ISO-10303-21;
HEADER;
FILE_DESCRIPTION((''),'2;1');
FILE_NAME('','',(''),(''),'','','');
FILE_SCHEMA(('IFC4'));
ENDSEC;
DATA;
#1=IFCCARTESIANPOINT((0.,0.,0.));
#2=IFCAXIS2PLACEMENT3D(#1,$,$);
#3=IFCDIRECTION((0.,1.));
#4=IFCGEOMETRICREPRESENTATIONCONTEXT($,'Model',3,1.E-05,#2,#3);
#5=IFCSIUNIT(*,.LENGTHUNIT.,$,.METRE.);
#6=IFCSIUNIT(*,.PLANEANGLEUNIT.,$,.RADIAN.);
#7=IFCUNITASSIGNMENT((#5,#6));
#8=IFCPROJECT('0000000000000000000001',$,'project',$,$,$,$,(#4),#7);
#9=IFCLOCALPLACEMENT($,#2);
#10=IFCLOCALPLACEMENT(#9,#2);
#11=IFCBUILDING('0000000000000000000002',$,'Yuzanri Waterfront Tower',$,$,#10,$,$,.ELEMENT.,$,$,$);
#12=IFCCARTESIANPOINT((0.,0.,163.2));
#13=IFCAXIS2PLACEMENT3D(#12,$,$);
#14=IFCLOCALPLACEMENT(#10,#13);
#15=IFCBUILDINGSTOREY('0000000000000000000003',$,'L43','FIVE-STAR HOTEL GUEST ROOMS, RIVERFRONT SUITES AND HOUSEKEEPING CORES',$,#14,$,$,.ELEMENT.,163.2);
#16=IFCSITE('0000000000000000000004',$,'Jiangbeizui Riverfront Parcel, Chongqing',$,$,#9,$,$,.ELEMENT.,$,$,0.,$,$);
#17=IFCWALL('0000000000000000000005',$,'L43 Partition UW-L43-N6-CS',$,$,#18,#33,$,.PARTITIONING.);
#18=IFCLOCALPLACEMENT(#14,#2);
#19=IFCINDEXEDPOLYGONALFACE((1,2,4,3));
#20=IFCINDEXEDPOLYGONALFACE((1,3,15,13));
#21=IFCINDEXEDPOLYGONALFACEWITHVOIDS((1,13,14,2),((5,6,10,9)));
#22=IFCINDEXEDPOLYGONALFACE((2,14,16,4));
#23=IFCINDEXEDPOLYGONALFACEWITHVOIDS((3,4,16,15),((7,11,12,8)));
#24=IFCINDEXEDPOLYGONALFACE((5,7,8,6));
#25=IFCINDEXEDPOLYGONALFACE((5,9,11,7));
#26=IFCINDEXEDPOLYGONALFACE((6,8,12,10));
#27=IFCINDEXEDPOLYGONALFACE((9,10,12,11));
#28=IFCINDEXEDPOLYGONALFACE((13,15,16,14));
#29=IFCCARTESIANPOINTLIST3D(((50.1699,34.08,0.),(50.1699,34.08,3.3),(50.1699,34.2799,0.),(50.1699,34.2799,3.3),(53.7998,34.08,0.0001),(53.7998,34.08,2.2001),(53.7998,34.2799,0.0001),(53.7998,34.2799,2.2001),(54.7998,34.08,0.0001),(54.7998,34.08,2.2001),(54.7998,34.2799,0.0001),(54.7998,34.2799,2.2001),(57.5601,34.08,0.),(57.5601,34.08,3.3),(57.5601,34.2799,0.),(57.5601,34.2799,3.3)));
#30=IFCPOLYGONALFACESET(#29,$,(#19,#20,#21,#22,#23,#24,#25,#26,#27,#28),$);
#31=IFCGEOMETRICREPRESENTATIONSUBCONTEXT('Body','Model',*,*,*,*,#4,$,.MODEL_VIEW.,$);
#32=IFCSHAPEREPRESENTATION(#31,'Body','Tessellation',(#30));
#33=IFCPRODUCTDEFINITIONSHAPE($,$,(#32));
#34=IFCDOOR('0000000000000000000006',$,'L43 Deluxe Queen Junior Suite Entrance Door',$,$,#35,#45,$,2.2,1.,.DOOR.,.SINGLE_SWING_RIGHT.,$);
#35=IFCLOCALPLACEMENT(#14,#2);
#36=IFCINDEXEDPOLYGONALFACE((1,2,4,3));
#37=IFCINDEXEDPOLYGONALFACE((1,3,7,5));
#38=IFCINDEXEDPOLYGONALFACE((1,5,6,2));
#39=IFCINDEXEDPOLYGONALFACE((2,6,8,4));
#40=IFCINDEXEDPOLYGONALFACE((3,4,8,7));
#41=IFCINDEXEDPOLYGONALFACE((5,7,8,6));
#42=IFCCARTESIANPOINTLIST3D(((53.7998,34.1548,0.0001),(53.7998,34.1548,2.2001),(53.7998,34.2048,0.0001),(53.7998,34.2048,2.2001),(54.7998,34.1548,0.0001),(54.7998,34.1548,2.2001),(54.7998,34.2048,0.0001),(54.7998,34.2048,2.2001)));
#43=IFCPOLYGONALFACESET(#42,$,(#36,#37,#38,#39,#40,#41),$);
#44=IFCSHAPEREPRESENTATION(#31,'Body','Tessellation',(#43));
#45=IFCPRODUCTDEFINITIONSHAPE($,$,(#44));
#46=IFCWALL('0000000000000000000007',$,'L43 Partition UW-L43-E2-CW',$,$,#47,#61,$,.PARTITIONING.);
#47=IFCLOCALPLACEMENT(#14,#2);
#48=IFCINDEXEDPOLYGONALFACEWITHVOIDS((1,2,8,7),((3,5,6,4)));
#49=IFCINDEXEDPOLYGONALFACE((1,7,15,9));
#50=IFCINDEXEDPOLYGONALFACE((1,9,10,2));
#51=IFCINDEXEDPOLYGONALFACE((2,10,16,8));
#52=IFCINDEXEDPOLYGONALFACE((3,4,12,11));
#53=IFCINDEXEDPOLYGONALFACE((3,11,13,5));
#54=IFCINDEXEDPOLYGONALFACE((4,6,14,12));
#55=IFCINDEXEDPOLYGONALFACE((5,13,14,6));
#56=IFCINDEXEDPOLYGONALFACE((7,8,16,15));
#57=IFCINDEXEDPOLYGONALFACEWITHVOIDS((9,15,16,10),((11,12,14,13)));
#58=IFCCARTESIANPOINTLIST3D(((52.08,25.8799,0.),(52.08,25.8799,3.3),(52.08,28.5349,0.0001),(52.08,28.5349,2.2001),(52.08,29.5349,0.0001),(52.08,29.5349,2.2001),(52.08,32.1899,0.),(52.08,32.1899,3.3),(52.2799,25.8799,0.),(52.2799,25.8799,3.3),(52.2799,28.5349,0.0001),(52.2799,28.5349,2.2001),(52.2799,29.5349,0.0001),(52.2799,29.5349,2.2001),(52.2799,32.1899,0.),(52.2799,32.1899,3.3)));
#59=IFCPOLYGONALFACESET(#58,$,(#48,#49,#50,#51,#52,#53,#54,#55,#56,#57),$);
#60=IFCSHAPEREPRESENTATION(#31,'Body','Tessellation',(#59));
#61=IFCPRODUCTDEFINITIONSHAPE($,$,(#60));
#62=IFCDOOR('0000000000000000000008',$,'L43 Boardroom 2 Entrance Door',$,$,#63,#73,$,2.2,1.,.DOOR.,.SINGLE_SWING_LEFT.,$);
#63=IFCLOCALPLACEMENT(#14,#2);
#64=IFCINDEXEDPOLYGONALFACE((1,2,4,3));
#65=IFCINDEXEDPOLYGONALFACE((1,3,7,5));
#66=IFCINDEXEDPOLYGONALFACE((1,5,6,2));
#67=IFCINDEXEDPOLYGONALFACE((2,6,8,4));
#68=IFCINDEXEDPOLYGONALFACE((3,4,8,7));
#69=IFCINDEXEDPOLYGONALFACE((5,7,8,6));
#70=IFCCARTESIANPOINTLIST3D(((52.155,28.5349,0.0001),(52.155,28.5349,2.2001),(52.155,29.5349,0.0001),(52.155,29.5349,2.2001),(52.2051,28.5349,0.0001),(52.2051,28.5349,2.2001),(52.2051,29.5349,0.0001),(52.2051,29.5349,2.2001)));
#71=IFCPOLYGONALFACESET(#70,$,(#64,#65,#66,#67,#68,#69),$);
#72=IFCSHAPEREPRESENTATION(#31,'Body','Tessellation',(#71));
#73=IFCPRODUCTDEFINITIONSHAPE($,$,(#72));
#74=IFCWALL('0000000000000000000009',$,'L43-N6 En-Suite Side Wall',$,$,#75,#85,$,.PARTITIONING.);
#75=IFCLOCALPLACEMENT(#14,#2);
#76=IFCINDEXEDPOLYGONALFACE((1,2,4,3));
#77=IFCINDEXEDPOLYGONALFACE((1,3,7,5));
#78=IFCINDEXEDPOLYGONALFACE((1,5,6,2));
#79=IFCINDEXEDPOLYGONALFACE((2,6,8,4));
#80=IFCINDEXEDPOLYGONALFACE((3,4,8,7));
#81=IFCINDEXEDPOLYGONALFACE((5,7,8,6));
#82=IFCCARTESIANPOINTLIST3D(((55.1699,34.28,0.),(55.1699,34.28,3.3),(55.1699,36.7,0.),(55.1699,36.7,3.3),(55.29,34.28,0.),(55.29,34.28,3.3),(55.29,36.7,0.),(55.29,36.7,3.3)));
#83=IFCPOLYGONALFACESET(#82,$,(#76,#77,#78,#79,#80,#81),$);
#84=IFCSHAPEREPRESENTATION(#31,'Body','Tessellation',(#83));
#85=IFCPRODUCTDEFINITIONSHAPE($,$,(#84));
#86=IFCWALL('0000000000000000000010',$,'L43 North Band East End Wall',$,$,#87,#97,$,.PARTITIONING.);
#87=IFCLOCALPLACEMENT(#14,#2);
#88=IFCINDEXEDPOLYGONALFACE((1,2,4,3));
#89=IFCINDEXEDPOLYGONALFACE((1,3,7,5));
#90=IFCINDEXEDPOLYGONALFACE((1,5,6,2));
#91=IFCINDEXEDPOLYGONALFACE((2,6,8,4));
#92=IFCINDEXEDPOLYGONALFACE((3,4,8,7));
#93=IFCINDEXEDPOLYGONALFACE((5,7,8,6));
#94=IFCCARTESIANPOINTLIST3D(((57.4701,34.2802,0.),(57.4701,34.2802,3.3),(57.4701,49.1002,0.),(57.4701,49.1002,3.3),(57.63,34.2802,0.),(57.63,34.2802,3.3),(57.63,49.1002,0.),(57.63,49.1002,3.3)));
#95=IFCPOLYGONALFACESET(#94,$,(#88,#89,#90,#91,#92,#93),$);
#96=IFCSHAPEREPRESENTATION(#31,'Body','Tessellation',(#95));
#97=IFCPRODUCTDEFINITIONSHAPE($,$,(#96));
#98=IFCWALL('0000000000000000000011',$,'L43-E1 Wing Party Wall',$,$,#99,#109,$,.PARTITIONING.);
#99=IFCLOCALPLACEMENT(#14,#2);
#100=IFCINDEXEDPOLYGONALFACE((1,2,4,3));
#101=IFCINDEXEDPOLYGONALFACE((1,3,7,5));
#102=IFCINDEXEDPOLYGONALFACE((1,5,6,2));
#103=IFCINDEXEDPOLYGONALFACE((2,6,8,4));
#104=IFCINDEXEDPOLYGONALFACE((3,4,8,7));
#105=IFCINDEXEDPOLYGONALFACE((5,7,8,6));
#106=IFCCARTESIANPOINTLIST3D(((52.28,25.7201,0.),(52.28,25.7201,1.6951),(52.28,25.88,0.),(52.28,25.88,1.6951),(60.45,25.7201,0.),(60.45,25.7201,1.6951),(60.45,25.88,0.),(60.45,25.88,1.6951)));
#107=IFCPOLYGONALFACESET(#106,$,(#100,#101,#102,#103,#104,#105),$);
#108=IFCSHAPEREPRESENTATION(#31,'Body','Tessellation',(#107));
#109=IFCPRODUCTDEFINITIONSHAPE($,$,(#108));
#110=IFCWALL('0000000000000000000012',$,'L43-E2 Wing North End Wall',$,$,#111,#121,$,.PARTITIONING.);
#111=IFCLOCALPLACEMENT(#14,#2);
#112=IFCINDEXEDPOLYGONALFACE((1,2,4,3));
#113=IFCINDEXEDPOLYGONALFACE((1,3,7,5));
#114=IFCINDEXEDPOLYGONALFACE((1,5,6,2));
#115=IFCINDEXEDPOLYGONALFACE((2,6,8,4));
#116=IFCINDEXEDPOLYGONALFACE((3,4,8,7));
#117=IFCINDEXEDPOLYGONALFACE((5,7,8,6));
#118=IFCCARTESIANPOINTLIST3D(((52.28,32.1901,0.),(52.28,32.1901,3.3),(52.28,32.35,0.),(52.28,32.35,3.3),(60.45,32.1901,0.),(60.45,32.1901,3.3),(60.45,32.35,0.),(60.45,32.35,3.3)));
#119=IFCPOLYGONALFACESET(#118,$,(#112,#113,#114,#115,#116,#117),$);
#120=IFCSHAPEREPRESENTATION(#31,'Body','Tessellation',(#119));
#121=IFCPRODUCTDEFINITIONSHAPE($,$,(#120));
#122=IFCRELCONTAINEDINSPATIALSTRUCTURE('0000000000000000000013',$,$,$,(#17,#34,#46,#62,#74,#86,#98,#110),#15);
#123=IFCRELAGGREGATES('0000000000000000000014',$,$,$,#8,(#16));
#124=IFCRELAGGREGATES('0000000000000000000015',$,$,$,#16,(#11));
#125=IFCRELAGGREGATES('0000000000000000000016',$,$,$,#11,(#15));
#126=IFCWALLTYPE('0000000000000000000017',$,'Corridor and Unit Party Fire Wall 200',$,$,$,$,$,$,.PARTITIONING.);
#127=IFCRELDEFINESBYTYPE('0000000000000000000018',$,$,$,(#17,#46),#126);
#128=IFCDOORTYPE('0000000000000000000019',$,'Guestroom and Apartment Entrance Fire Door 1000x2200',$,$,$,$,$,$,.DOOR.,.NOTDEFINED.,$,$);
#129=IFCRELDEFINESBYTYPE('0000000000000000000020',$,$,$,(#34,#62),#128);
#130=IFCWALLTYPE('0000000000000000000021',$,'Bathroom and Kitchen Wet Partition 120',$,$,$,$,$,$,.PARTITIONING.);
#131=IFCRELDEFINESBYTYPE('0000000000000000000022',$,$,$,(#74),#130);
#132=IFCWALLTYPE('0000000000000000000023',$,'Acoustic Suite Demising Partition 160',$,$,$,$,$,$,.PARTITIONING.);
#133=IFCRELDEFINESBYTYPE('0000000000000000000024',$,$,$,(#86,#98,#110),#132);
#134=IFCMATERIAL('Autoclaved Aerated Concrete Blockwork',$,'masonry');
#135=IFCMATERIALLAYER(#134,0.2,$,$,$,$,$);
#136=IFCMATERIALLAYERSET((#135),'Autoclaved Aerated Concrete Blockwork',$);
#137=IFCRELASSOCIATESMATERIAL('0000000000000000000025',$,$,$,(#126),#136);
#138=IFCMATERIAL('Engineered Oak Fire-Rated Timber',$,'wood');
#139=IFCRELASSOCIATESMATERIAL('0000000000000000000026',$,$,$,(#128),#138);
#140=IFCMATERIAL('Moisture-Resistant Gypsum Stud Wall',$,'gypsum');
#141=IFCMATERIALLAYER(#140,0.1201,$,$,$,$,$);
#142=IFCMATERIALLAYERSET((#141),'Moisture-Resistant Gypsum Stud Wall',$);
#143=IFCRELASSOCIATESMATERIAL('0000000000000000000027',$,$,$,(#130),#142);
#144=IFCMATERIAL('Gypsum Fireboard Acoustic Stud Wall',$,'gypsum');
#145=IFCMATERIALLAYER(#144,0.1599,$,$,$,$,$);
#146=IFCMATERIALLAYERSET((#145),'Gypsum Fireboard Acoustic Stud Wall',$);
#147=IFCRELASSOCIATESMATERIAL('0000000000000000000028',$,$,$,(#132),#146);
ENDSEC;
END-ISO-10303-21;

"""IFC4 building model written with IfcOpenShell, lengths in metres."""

from ifc_helpers import new_model, si_unit, direction, frame, frame_2d, origin, place, context, subcontext, project, spatial, rectangle, extrude, source, transform, mapped, material, layer, layer_set, type_object, element, fill, save


model = new_model("IFC4")

# Units and contexts
model_context = context("Model", 3, precision=1e-05, world=origin(), true_north=direction((0.0, 1.0)))
body_context = subcontext(model_context, "Body", "Model", "MODEL_VIEW")
ifc_project = project(units=[si_unit("LENGTHUNIT", "METRE"), si_unit("PLANEANGLEUNIT", "RADIAN")], contexts=[model_context])

# Site, building, storey
site_placement = place(None, origin())
site = spatial("IfcSite", under=ifc_project, at=site_placement, Name="Jiangbeizui Riverfront Parcel, Chongqing", CompositionType="ELEMENT", RefElevation=0.0)
building_placement = place(site_placement, origin())
building = spatial("IfcBuilding", under=site, at=building_placement, Name="Yuzanri Waterfront Tower", CompositionType="ELEMENT")
storey_placement = place(building_placement, frame((0.0, 0.0, 163.2)))
storey = spatial("IfcBuildingStorey", under=building, at=storey_placement, Name="L43", Description="FIVE-STAR HOTEL GUEST ROOMS, RIVERFRONT SUITES AND HOUSEKEEPING CORES", CompositionType="ELEMENT", Elevation=163.2)

# Walls, openings, doors
ifc_material_1 = material(Name="Autoclaved Aerated Concrete Blockwork", Category="masonry")
ifc_layer_1 = layer(ifc_material_1, 0.2)
ifc_layer_set_1 = layer_set([ifc_layer_1], Name="Autoclaved Aerated Concrete Blockwork")
wall_type_1 = type_object("IfcWallType", Name="Corridor and Unit Party Fire Wall 200", PredefinedType="PARTITIONING", material=ifc_layer_set_1)
wall_1_placement = place(storey_placement, frame((50.1699, 34.1799, 0.0), z_axis=(0.0, 0.0, 1.0), x_axis=(1.0, 0.0, 0.0)))
wall_1 = element("IfcWall", 1, at=wall_1_placement, inside=storey, type_object=wall_type_1, Name="L43 Partition UW-L43-N6-CS", PredefinedType="PARTITIONING", context=body_context, shape_type="SweptSolid", body=[
    extrude(rectangle(XDim=7.3901, YDim=0.2, at=frame_2d((3.6951, 0.0))), origin(), (0.0, 0.0, 1.0), 3.3),
])
opening_1_placement = place(wall_1_placement, frame((3.6299, 0.0, 0.0)))
opening_1 = element("IfcOpeningElement", 2, at=opening_1_placement, cuts=wall_1, PredefinedType="OPENING", context=body_context, shape_type="SweptSolid", body=[
    extrude(rectangle(XDim=1.0, YDim=2.2, at=frame_2d((0.5, 1.1001))), frame((0.0, 0.1147, 0.0), z_axis=(0.0, -1.0, 0.0), x_axis=(1.0, 0.0, 0.0)), (0.0, 0.0, 1.0), 0.2297),
])
ifc_material_2 = material(Name="Engineered Oak Fire-Rated Timber", Category="wood")
door_type = type_object("IfcDoorType", Name="Guestroom and Apartment Entrance Fire Door 1000x2200", OperationType="NOTDEFINED", PredefinedType="DOOR", material=ifc_material_2)
shared_shape_1 = source(origin(), body_context, "Body", "SweptSolid", [
    extrude(rectangle(XDim=1.0, YDim=2.2, at=frame_2d((0.5, 1.1001))), frame((0.0, 0.0249, 0.0), z_axis=(0.0, -1.0, 0.0), x_axis=(1.0, 0.0, 0.0)), (0.0, 0.0, 1.0), 0.05),
])
door_1_placement = place(opening_1_placement, origin())
door_1 = element("IfcDoor", 3, at=door_1_placement, inside=storey, type_object=door_type, Name="L43 Deluxe Queen Junior Suite Entrance Door", OperationType="SINGLE_SWING_RIGHT", OverallHeight=2.2, OverallWidth=1.0, PredefinedType="DOOR", context=body_context, shape_type="MappedRepresentation", body=[
    mapped(shared_shape_1, transform((0.0, 0.0, 0.0), scale=1.0)),
])
fill(opening_1, door_1)
wall_2_placement = place(storey_placement, frame((52.1799, 25.8799, 0.0), z_axis=(0.0, 0.0, 1.0), x_axis=(0.0, 1.0, 0.0)))
wall_2 = element("IfcWall", 4, at=wall_2_placement, inside=storey, type_object=wall_type_1, Name="L43 Partition UW-L43-E2-CW", PredefinedType="PARTITIONING", context=body_context, shape_type="SweptSolid", body=[
    extrude(rectangle(XDim=6.3101, YDim=0.2, at=frame_2d((3.155, 0.0))), origin(), (0.0, 0.0, 1.0), 3.3),
])
opening_2_placement = place(wall_2_placement, frame((2.655, 0.0, 0.0)))
opening_2 = element("IfcOpeningElement", 5, at=opening_2_placement, cuts=wall_2, PredefinedType="OPENING", context=body_context, shape_type="SweptSolid", body=[
    extrude(rectangle(XDim=1.0, YDim=2.2, at=frame_2d((0.5, 1.1001))), frame((0.0, 0.1147, 0.0), z_axis=(0.0, -1.0, 0.0), x_axis=(1.0, 0.0, 0.0)), (0.0, 0.0, 1.0), 0.2297),
])
door_2_placement = place(opening_2_placement, origin())
door_2 = element("IfcDoor", 6, at=door_2_placement, inside=storey, type_object=door_type, Name="L43 Boardroom 2 Entrance Door", OperationType="SINGLE_SWING_LEFT", OverallHeight=2.2, OverallWidth=1.0, PredefinedType="DOOR", context=body_context, shape_type="MappedRepresentation", body=[
    mapped(shared_shape_1, transform((0.0, 0.0, 0.0), scale=1.0)),
])
fill(opening_2, door_2)

# Walls
ifc_material_3 = material(Name="Moisture-Resistant Gypsum Stud Wall", Category="gypsum")
ifc_layer_2 = layer(ifc_material_3, 0.1201)
ifc_layer_set_2 = layer_set([ifc_layer_2], Name="Moisture-Resistant Gypsum Stud Wall")
wall_type_2 = type_object("IfcWallType", Name="Bathroom and Kitchen Wet Partition 120", PredefinedType="PARTITIONING", material=ifc_layer_set_2)
shared_shape_2 = source(origin(), body_context, "Body", "SweptSolid", [
    extrude(rectangle(XDim=2.4199, YDim=0.1201, at=frame_2d((1.21, 0.0))), origin(), (0.0, 0.0, 1.0), 3.3),
])
wall_3_placement = place(storey_placement, frame((55.23, 34.28, 0.0), z_axis=(0.0, 0.0, 1.0), x_axis=(0.0, 1.0, 0.0)))
element("IfcWall", 7, at=wall_3_placement, inside=storey, type_object=wall_type_2, Name="L43-N6 En-Suite Side Wall", PredefinedType="PARTITIONING", context=body_context, shape_type="MappedRepresentation", body=[
    mapped(shared_shape_2, transform((0.0, 0.0, 0.0), scale=1.0)),
])
ifc_material_4 = material(Name="Gypsum Fireboard Acoustic Stud Wall", Category="gypsum")
ifc_layer_3 = layer(ifc_material_4, 0.1599)
ifc_layer_set_3 = layer_set([ifc_layer_3], Name="Gypsum Fireboard Acoustic Stud Wall")
wall_type_3 = type_object("IfcWallType", Name="Acoustic Suite Demising Partition 160", PredefinedType="PARTITIONING", material=ifc_layer_set_3)
shared_shape_3 = source(origin(), body_context, "Body", "SweptSolid", [
    extrude(rectangle(XDim=14.8201, YDim=0.1599, at=frame_2d((7.4102, 0.0))), origin(), (0.0, 0.0, 1.0), 3.3),
])
wall_4_placement = place(storey_placement, frame((57.55, 34.28, 0.0), z_axis=(0.0, 0.0, 1.0), x_axis=(0.0, 1.0, 0.0)))
element("IfcWall", 8, at=wall_4_placement, inside=storey, type_object=wall_type_3, Name="L43 North Band East End Wall", PredefinedType="PARTITIONING", context=body_context, shape_type="MappedRepresentation", body=[
    mapped(shared_shape_3, transform((0.0, 0.0, 0.0), scale=1.0)),
])
shared_shape_4 = source(origin(), body_context, "Body", "SweptSolid", [
    extrude(rectangle(XDim=8.1699, YDim=0.1599, at=frame_2d((4.085, 0.0))), origin(), (0.0, 0.0, 1.0), 1.6951),
])
wall_5_placement = place(storey_placement, frame((52.28, 25.8, 0.0), z_axis=(0.0, 0.0, 1.0), x_axis=(1.0, 0.0, 0.0)))
element("IfcWall", 9, at=wall_5_placement, inside=storey, type_object=wall_type_3, Name="L43-E1 Wing Party Wall", PredefinedType="PARTITIONING", context=body_context, shape_type="MappedRepresentation", body=[
    mapped(shared_shape_4, transform((0.0, 0.0, 0.0), scale=1.0)),
])
shared_shape_5 = source(origin(), body_context, "Body", "SweptSolid", [
    extrude(rectangle(XDim=8.1699, YDim=0.1599, at=frame_2d((4.085, 0.0))), origin(), (0.0, 0.0, 1.0), 3.3),
])
wall_6_placement = place(storey_placement, frame((52.28, 32.27, 0.0), z_axis=(0.0, 0.0, 1.0), x_axis=(1.0, 0.0, 0.0)))
element("IfcWall", 10, at=wall_6_placement, inside=storey, type_object=wall_type_3, Name="L43-E2 Wing North End Wall", PredefinedType="PARTITIONING", context=body_context, shape_type="MappedRepresentation", body=[
    mapped(shared_shape_5, transform((0.0, 0.0, 0.0), scale=1.0)),
])

save(model, "model.ifc")
